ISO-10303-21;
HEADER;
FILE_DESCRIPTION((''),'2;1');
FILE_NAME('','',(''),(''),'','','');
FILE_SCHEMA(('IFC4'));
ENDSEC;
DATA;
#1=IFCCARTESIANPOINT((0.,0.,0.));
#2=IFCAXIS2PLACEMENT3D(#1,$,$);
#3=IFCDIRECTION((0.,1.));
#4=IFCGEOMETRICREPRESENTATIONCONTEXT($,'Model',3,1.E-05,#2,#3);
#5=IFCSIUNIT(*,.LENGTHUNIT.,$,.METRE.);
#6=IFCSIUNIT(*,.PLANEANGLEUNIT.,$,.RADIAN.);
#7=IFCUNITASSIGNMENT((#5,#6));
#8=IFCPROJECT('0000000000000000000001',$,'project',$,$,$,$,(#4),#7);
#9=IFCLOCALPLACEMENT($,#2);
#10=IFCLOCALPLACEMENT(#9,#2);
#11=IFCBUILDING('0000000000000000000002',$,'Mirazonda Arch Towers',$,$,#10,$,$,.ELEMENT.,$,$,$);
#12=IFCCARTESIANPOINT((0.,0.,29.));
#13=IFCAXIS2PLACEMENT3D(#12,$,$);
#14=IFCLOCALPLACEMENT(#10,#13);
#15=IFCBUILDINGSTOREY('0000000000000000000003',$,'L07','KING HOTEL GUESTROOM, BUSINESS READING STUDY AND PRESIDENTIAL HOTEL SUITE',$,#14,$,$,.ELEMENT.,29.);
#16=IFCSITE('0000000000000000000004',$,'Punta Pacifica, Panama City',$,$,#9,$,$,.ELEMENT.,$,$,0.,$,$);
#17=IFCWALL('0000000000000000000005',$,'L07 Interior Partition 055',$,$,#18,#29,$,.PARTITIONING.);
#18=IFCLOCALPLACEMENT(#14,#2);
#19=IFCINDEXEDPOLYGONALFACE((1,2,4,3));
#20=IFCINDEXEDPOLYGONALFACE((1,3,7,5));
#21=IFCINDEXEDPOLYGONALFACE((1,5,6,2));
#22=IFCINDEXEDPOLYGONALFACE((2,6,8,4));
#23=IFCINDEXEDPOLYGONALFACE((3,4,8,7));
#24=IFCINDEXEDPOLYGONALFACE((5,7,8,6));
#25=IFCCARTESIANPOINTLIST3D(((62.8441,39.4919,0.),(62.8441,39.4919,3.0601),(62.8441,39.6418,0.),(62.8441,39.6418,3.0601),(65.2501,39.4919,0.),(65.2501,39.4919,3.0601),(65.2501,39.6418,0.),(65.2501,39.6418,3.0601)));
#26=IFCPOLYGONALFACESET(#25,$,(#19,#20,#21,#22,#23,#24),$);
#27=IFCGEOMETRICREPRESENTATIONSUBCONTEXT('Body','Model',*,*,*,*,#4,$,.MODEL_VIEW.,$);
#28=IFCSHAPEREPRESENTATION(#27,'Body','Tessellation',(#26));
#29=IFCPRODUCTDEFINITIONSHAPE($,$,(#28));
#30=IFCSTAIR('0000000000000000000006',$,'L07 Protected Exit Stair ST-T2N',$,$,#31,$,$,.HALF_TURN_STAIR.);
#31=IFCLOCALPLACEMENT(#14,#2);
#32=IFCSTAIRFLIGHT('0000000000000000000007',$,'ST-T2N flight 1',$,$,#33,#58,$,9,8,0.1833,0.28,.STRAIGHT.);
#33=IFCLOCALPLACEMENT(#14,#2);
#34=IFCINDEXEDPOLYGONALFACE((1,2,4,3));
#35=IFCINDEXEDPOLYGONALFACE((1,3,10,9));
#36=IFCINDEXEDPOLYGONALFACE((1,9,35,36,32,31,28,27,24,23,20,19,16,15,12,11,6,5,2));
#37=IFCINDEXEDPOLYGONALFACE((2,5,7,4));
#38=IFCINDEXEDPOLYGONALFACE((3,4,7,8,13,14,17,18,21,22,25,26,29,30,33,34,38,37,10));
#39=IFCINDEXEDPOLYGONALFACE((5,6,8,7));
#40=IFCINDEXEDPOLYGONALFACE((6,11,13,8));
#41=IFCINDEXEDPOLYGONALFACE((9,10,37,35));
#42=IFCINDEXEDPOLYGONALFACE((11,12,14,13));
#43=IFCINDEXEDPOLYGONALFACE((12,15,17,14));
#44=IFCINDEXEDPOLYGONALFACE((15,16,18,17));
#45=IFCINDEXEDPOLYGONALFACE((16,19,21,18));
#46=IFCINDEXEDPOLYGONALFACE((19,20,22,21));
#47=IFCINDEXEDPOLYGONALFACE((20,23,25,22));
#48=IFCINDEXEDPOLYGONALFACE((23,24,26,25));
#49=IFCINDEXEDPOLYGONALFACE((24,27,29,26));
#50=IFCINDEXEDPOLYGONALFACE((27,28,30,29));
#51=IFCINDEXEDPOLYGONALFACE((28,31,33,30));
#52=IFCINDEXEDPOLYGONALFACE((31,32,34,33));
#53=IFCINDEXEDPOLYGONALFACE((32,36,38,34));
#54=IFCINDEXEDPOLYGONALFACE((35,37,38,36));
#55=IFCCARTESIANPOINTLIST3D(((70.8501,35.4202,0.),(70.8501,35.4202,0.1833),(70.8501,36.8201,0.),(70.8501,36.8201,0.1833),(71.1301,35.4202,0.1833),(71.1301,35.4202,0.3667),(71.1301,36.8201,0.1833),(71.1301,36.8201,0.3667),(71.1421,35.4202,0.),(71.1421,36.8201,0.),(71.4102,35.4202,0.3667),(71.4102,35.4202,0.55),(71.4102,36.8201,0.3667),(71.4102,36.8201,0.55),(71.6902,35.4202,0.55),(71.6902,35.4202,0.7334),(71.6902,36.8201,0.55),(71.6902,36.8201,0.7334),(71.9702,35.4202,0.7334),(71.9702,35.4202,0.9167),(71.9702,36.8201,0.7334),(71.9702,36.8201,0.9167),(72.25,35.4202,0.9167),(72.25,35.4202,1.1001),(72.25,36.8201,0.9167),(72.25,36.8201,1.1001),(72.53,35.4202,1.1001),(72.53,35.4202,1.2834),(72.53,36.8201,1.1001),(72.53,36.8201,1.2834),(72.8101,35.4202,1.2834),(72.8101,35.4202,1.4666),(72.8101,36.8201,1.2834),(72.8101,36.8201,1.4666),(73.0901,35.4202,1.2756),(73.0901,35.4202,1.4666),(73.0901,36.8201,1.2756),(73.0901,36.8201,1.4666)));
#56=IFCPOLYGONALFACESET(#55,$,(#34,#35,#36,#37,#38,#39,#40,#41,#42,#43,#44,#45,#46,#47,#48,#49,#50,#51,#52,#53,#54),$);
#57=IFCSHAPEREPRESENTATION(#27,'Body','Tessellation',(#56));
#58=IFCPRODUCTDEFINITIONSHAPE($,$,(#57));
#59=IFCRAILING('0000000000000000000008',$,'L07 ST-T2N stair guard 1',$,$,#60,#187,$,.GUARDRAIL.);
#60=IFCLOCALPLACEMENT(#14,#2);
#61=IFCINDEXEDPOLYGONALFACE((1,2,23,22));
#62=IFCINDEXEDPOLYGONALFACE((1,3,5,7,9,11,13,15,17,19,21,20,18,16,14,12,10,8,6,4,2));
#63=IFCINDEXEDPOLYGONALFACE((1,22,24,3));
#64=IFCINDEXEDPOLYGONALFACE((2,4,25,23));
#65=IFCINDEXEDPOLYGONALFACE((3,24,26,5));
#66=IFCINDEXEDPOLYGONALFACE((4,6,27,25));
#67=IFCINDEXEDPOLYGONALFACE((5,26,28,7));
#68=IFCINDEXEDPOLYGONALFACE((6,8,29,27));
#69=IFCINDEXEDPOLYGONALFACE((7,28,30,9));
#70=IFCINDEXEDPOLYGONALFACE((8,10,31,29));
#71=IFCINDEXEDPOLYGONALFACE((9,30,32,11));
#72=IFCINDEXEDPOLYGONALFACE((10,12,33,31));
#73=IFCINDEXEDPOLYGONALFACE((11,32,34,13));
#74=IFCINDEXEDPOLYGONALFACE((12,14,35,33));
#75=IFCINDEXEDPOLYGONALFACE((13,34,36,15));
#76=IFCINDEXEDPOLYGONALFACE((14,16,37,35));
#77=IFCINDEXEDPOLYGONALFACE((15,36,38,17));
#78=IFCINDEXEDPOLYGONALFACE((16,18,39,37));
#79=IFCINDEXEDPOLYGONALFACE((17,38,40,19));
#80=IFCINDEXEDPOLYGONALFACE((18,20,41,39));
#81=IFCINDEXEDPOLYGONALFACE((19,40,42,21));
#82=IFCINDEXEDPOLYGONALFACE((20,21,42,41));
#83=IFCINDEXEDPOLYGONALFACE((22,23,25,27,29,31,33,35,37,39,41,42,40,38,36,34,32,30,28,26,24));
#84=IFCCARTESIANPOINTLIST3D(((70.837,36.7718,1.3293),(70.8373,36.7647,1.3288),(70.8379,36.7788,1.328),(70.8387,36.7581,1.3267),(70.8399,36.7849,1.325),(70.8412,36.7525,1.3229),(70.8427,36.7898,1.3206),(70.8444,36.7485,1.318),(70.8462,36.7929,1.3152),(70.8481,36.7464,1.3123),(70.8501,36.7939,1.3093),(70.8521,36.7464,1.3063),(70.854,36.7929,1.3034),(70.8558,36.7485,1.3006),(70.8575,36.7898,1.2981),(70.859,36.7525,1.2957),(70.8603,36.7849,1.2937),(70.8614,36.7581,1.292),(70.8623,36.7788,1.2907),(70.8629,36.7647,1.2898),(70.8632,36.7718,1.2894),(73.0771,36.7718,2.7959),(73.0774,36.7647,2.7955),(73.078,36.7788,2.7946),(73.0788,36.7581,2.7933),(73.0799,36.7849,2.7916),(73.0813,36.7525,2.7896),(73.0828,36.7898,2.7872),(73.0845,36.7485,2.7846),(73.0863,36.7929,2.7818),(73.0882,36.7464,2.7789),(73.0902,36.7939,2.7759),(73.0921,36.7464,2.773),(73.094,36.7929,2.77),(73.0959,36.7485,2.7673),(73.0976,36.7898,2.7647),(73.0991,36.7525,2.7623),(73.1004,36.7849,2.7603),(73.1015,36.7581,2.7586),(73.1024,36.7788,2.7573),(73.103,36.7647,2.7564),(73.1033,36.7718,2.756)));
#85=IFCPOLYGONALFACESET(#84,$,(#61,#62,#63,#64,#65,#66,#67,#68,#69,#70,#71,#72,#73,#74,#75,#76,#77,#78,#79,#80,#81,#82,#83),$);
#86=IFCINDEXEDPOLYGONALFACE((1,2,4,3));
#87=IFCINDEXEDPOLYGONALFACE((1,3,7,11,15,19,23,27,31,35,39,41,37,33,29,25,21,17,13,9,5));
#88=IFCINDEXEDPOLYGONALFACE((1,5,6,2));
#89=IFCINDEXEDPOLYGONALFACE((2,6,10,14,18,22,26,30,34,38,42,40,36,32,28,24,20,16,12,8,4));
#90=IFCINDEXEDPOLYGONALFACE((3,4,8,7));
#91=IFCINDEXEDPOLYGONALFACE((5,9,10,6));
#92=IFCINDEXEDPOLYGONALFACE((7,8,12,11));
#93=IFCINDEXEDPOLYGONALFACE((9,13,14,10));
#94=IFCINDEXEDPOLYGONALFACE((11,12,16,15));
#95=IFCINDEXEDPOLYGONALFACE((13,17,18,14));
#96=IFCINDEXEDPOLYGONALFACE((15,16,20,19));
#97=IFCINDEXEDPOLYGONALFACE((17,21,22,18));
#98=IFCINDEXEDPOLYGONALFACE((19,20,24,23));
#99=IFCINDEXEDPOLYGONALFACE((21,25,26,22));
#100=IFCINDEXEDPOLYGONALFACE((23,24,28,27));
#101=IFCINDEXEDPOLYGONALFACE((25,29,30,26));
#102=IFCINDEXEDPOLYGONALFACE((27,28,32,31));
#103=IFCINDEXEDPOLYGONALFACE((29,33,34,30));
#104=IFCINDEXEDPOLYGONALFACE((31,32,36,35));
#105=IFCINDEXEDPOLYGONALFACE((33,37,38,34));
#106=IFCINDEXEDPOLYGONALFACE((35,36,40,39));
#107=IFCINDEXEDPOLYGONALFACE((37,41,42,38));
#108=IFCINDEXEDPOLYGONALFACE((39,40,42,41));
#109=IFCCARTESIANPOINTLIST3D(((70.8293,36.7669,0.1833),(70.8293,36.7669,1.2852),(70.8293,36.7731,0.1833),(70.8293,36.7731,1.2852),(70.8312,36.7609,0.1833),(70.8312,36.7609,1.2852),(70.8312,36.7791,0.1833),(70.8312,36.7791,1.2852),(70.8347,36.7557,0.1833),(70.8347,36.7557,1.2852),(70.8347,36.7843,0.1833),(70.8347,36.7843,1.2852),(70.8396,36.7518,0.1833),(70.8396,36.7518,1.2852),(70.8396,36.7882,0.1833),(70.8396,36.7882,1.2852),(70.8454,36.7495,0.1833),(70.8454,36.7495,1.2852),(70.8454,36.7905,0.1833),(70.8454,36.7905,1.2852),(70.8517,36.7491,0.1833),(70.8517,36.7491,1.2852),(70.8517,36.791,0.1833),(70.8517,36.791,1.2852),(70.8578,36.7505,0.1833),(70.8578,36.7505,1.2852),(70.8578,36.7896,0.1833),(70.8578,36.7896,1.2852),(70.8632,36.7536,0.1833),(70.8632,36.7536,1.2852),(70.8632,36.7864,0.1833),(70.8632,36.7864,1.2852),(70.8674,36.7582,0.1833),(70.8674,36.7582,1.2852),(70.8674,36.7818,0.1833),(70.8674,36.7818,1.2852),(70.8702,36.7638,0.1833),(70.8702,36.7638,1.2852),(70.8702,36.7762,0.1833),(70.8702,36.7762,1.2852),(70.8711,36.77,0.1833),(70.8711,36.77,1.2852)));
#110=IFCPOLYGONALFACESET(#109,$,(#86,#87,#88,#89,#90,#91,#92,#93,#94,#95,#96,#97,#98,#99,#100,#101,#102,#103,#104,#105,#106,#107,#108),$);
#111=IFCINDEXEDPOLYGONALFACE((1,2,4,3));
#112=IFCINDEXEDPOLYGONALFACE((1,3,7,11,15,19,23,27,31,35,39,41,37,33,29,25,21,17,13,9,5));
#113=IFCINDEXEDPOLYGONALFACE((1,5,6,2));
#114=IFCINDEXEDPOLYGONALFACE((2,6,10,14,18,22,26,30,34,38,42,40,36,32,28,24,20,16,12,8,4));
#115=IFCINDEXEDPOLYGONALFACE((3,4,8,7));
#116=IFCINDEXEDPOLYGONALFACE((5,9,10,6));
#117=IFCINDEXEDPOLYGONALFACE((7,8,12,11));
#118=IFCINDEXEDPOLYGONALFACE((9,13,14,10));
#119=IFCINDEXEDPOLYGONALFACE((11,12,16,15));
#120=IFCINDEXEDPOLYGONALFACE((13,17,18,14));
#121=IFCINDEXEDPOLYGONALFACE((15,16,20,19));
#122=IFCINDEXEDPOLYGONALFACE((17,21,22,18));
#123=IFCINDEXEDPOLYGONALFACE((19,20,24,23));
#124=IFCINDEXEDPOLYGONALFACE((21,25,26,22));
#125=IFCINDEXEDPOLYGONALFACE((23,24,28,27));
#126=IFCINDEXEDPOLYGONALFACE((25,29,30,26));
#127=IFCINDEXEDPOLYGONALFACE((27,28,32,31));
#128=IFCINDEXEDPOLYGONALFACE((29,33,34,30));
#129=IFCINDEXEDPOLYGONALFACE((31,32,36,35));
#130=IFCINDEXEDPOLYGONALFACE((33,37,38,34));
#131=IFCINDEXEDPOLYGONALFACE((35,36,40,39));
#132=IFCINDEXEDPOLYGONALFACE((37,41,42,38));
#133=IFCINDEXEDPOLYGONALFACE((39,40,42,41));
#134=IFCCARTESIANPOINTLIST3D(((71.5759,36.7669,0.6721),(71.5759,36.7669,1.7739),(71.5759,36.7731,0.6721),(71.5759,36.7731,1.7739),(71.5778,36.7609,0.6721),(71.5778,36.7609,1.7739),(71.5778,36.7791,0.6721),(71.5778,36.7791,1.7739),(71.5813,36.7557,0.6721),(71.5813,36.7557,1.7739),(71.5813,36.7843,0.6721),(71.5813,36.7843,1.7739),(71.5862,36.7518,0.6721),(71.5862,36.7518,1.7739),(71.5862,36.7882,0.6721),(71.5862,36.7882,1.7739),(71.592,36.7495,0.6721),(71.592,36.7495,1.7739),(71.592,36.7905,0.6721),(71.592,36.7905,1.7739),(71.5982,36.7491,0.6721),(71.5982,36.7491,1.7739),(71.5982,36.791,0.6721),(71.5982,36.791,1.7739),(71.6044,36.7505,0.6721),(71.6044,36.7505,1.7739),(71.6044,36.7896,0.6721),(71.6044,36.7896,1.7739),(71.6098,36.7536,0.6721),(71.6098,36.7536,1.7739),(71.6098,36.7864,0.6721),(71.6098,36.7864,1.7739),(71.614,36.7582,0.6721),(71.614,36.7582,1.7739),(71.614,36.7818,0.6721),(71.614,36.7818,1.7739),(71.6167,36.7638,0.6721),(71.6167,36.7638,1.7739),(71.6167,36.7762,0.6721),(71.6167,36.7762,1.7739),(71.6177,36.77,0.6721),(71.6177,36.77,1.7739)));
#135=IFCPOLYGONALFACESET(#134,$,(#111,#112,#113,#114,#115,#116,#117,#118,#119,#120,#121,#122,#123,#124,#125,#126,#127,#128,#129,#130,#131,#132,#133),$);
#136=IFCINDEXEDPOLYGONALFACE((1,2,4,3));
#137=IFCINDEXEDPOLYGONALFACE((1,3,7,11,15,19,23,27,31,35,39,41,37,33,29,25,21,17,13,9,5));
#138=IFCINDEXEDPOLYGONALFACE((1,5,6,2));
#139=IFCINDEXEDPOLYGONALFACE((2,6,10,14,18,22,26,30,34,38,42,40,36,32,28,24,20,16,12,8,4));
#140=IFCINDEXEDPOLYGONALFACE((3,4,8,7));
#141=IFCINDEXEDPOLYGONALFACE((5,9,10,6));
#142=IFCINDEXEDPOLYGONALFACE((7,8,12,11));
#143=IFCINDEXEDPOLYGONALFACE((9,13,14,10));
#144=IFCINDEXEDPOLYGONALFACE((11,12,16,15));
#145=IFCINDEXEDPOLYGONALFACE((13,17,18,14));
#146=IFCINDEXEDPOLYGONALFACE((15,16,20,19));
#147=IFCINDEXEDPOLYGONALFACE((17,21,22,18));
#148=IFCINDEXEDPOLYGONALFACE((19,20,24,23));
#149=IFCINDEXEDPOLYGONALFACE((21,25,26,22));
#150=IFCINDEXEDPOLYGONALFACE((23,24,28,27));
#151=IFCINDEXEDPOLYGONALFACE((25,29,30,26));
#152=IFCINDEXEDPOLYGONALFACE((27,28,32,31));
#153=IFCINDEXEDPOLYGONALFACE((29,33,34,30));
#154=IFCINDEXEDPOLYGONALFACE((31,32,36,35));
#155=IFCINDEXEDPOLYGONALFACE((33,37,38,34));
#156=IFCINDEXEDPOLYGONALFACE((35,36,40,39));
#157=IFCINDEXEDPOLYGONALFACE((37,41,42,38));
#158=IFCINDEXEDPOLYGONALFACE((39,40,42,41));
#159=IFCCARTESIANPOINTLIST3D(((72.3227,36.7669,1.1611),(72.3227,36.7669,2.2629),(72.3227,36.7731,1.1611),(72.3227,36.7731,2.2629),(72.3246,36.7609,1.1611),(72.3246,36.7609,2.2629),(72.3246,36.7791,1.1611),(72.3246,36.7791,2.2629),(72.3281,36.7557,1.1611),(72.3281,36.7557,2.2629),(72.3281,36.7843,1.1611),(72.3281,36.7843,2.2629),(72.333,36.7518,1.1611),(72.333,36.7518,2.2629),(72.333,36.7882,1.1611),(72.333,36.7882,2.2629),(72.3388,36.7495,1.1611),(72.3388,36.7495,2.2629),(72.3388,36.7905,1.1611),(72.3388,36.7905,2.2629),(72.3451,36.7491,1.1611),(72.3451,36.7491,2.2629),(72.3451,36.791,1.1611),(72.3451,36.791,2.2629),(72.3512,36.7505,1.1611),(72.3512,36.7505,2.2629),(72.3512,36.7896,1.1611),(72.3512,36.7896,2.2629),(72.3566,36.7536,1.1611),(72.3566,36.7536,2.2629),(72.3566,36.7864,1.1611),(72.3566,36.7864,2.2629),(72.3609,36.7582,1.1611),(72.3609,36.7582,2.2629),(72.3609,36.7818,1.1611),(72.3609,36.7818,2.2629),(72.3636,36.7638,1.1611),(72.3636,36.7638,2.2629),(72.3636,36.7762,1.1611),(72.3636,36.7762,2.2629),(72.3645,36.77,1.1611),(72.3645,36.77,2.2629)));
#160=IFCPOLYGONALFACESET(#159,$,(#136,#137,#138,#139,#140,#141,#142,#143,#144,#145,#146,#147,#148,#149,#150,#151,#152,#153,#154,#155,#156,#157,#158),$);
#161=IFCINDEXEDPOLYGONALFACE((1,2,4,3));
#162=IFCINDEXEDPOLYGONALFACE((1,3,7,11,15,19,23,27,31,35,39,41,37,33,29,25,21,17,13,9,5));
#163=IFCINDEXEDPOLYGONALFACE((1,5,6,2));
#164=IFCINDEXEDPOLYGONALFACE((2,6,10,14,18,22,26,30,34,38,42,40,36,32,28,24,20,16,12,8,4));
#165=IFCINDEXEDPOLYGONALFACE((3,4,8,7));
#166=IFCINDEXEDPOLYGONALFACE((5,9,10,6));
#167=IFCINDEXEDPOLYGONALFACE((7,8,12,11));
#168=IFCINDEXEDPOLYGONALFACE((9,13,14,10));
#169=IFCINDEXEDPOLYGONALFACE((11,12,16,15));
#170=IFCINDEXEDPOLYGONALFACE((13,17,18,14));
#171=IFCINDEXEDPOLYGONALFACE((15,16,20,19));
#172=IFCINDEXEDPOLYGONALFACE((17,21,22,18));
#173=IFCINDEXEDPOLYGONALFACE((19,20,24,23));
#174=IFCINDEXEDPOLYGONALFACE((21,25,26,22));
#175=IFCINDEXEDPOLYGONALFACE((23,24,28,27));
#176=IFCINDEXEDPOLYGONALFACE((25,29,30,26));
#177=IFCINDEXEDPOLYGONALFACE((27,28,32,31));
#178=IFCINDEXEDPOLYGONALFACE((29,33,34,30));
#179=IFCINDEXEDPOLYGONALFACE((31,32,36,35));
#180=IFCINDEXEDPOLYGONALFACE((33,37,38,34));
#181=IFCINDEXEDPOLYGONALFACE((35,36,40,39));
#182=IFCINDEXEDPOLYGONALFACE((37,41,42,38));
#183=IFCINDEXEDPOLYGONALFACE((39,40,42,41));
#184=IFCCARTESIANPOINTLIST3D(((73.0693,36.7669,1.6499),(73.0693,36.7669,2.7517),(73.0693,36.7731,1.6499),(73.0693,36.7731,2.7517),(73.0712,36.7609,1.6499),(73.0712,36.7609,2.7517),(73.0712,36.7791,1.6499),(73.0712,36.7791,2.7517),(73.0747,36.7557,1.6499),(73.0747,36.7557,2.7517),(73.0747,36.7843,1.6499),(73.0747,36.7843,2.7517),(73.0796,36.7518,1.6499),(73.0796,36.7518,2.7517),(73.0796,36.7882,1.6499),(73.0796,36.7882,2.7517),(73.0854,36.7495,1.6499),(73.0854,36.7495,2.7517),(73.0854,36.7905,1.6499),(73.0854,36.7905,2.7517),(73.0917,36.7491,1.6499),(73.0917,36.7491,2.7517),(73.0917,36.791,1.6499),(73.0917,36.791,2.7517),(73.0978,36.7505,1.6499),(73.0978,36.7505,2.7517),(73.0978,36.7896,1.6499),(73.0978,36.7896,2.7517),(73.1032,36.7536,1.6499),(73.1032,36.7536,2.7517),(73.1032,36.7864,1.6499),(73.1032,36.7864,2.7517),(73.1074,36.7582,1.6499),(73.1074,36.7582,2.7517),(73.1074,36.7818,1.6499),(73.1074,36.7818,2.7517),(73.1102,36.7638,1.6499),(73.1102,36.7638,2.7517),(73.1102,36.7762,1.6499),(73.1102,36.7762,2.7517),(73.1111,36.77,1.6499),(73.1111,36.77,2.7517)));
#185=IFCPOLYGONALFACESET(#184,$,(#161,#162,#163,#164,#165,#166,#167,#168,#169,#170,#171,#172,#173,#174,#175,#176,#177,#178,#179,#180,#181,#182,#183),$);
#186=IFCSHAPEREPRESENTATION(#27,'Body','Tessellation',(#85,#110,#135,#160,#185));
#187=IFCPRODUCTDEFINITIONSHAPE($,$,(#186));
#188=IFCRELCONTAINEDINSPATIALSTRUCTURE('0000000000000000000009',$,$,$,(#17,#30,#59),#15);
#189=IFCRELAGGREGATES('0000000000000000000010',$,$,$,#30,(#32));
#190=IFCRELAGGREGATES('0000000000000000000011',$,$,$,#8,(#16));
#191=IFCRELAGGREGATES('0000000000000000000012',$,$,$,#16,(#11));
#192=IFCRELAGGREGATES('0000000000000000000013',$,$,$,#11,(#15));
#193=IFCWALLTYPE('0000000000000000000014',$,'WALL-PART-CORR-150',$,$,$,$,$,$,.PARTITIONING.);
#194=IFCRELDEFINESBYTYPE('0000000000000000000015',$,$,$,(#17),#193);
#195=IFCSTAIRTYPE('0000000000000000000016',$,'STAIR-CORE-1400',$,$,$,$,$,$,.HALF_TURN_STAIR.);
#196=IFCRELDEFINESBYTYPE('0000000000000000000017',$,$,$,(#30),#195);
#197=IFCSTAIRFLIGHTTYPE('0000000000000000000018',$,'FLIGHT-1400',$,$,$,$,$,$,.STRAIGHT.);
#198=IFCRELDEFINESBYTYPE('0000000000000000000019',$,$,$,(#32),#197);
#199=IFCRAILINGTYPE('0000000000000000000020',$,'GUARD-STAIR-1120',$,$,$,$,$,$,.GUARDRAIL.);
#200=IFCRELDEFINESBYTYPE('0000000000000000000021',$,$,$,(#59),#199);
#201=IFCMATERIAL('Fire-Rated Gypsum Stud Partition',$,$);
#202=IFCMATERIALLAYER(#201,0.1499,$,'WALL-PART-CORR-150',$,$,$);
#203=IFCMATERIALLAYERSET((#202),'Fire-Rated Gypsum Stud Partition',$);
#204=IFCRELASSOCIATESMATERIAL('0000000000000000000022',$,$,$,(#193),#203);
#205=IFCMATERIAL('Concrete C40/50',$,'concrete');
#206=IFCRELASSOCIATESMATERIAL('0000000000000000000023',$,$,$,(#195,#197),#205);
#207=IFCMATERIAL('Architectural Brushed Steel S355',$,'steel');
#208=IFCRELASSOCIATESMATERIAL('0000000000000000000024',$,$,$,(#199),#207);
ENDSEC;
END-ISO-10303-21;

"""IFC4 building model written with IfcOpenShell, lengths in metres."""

from ifc_helpers import new_model, si_unit, direction, frame, frame_2d, origin, origin_2d, place, context, subcontext, project, spatial, polyline, rectangle, circle, outline, extrude, material, layer, layer_set, type_object, element, aggregate, save


model = new_model("IFC4")

# Units and contexts
model_context = context("Model", 3, precision=1e-05, world=origin(), true_north=direction((0.0, 1.0)))
body_context = subcontext(model_context, "Body", "Model", "MODEL_VIEW")
ifc_project = project(units=[si_unit("LENGTHUNIT", "METRE"), si_unit("PLANEANGLEUNIT", "RADIAN")], contexts=[model_context])

# Site, building, storey
site_placement = place(None, origin())
site = spatial("IfcSite", under=ifc_project, at=site_placement, Name="Punta Pacifica, Panama City", CompositionType="ELEMENT", RefElevation=0.0)
building_placement = place(site_placement, origin())
building = spatial("IfcBuilding", under=site, at=building_placement, Name="Mirazonda Arch Towers", CompositionType="ELEMENT")
storey_placement = place(building_placement, frame((0.0, 0.0, 29.0)))
storey = spatial("IfcBuildingStorey", under=building, at=storey_placement, Name="L07", Description="KING HOTEL GUESTROOM, BUSINESS READING STUDY AND PRESIDENTIAL HOTEL SUITE", CompositionType="ELEMENT", Elevation=29.0)

# Wall
ifc_material_1 = material(Name="Fire-Rated Gypsum Stud Partition")
ifc_layer_1 = layer(ifc_material_1, 0.1499, Name="WALL-PART-CORR-150")
ifc_layer_set_1 = layer_set([ifc_layer_1], Name="Fire-Rated Gypsum Stud Partition")
wall_type_1 = type_object("IfcWallType", Name="WALL-PART-CORR-150", PredefinedType="PARTITIONING", material=ifc_layer_set_1)
wall_1_placement = place(storey_placement, frame((62.844, 39.5669, 0.0), z_axis=(0.0, 0.0, 1.0), x_axis=(1.0, 0.0, 0.0)))
element("IfcWall", 1, at=wall_1_placement, inside=storey, type_object=wall_type_1, Name="L07 Interior Partition 055", PredefinedType="PARTITIONING", context=body_context, shape_type="SweptSolid", body=[
    extrude(rectangle(XDim=2.406, YDim=0.1499, at=frame_2d((1.2031, 0.0))), origin(), (0.0, 0.0, 1.0), 3.0601),
])

# Stair, stair flight
ifc_material_2 = material(Name="Concrete C40/50", Category="concrete")
stair_type = type_object("IfcStairType", Name="STAIR-CORE-1400", PredefinedType="HALF_TURN_STAIR", material=ifc_material_2)
stair_placement = place(storey_placement, origin())
stair = element("IfcStair", 2, at=stair_placement, inside=storey, type_object=stair_type, Name="L07 Protected Exit Stair ST-T2N", PredefinedType="HALF_TURN_STAIR")
stair_flight_type = type_object("IfcStairFlightType", Name="FLIGHT-1400", PredefinedType="STRAIGHT", material=ifc_material_2)
stair_flight_placement = place(storey_placement, frame((70.8501, 36.1201, 0.0), z_axis=(0.0, 0.0, 1.0), x_axis=(1.0, 0.0, 0.0)))
stair_flight = element("IfcStairFlight", 3, at=stair_flight_placement, type_object=stair_flight_type, Name="ST-T2N flight 1", NumberOfRisers=9, NumberOfTreads=8, PredefinedType="STRAIGHT", RiserHeight=0.1833, TreadLength=0.28, context=body_context, shape_type="SweptSolid", body=[
    extrude(outline(polyline([(0.0, 0.0), (0.0, 0.1833), (0.28, 0.1833), (0.28, 0.3667), (0.5601, 0.3667), (0.5601, 0.55), (0.8401, 0.55), (0.8401, 0.7334), (1.1201, 0.7334), (1.1201, 0.9167), (1.3999, 0.9167), (1.3999, 1.1001), (1.6799, 1.1001), (1.6799, 1.2834), (1.96, 1.2834), (1.96, 1.4666), (2.24, 1.4666), (2.24, 1.6499), (2.24, 1.2756), (0.292, 0.0), (0.0, 0.0)])), frame((0.0, 0.7, 0.0), z_axis=(0.0, -1.0, 0.0), x_axis=(1.0, 0.0, 0.0)), (0.0, 0.0, 1.0), 1.3999),
])
aggregate(stair, [stair_flight])

# Railing
ifc_material_3 = material(Name="Architectural Brushed Steel S355", Category="steel")
railing_type = type_object("IfcRailingType", Name="GUARD-STAIR-1120", PredefinedType="GUARDRAIL", material=ifc_material_3)
railing_1_placement = place(storey_placement, frame((70.8501, 36.77, 0.1833)))
element("IfcRailing", 4, at=railing_1_placement, inside=storey, type_object=railing_type, Name="L07 ST-T2N stair guard 1", PredefinedType="GUARDRAIL", context=body_context, shape_type="SweptSolid", body=[
    extrude(circle(Radius=0.0239, at=origin_2d()), frame((0.0, 0.0, 1.126), z_axis=(0.836637, 0.0, 0.547758), x_axis=(0.0, 1.0, 0.0)), (0.0, 0.0, 1.0), 2.6775),
    extrude(circle(Radius=0.021, at=origin_2d()), origin(), (0.0, 0.0, 1.0), 1.1018),
    extrude(circle(Radius=0.021, at=origin_2d()), frame((0.7466, 0.0, 0.4888)), (0.0, 0.0, 1.0), 1.1018),
    extrude(circle(Radius=0.021, at=origin_2d()), frame((1.4934, 0.0, 0.9778)), (0.0, 0.0, 1.0), 1.1018),
    extrude(circle(Radius=0.021, at=origin_2d()), frame((2.24, 0.0, 1.4666)), (0.0, 0.0, 1.0), 1.1018),
])

save(model, "model.ifc")
